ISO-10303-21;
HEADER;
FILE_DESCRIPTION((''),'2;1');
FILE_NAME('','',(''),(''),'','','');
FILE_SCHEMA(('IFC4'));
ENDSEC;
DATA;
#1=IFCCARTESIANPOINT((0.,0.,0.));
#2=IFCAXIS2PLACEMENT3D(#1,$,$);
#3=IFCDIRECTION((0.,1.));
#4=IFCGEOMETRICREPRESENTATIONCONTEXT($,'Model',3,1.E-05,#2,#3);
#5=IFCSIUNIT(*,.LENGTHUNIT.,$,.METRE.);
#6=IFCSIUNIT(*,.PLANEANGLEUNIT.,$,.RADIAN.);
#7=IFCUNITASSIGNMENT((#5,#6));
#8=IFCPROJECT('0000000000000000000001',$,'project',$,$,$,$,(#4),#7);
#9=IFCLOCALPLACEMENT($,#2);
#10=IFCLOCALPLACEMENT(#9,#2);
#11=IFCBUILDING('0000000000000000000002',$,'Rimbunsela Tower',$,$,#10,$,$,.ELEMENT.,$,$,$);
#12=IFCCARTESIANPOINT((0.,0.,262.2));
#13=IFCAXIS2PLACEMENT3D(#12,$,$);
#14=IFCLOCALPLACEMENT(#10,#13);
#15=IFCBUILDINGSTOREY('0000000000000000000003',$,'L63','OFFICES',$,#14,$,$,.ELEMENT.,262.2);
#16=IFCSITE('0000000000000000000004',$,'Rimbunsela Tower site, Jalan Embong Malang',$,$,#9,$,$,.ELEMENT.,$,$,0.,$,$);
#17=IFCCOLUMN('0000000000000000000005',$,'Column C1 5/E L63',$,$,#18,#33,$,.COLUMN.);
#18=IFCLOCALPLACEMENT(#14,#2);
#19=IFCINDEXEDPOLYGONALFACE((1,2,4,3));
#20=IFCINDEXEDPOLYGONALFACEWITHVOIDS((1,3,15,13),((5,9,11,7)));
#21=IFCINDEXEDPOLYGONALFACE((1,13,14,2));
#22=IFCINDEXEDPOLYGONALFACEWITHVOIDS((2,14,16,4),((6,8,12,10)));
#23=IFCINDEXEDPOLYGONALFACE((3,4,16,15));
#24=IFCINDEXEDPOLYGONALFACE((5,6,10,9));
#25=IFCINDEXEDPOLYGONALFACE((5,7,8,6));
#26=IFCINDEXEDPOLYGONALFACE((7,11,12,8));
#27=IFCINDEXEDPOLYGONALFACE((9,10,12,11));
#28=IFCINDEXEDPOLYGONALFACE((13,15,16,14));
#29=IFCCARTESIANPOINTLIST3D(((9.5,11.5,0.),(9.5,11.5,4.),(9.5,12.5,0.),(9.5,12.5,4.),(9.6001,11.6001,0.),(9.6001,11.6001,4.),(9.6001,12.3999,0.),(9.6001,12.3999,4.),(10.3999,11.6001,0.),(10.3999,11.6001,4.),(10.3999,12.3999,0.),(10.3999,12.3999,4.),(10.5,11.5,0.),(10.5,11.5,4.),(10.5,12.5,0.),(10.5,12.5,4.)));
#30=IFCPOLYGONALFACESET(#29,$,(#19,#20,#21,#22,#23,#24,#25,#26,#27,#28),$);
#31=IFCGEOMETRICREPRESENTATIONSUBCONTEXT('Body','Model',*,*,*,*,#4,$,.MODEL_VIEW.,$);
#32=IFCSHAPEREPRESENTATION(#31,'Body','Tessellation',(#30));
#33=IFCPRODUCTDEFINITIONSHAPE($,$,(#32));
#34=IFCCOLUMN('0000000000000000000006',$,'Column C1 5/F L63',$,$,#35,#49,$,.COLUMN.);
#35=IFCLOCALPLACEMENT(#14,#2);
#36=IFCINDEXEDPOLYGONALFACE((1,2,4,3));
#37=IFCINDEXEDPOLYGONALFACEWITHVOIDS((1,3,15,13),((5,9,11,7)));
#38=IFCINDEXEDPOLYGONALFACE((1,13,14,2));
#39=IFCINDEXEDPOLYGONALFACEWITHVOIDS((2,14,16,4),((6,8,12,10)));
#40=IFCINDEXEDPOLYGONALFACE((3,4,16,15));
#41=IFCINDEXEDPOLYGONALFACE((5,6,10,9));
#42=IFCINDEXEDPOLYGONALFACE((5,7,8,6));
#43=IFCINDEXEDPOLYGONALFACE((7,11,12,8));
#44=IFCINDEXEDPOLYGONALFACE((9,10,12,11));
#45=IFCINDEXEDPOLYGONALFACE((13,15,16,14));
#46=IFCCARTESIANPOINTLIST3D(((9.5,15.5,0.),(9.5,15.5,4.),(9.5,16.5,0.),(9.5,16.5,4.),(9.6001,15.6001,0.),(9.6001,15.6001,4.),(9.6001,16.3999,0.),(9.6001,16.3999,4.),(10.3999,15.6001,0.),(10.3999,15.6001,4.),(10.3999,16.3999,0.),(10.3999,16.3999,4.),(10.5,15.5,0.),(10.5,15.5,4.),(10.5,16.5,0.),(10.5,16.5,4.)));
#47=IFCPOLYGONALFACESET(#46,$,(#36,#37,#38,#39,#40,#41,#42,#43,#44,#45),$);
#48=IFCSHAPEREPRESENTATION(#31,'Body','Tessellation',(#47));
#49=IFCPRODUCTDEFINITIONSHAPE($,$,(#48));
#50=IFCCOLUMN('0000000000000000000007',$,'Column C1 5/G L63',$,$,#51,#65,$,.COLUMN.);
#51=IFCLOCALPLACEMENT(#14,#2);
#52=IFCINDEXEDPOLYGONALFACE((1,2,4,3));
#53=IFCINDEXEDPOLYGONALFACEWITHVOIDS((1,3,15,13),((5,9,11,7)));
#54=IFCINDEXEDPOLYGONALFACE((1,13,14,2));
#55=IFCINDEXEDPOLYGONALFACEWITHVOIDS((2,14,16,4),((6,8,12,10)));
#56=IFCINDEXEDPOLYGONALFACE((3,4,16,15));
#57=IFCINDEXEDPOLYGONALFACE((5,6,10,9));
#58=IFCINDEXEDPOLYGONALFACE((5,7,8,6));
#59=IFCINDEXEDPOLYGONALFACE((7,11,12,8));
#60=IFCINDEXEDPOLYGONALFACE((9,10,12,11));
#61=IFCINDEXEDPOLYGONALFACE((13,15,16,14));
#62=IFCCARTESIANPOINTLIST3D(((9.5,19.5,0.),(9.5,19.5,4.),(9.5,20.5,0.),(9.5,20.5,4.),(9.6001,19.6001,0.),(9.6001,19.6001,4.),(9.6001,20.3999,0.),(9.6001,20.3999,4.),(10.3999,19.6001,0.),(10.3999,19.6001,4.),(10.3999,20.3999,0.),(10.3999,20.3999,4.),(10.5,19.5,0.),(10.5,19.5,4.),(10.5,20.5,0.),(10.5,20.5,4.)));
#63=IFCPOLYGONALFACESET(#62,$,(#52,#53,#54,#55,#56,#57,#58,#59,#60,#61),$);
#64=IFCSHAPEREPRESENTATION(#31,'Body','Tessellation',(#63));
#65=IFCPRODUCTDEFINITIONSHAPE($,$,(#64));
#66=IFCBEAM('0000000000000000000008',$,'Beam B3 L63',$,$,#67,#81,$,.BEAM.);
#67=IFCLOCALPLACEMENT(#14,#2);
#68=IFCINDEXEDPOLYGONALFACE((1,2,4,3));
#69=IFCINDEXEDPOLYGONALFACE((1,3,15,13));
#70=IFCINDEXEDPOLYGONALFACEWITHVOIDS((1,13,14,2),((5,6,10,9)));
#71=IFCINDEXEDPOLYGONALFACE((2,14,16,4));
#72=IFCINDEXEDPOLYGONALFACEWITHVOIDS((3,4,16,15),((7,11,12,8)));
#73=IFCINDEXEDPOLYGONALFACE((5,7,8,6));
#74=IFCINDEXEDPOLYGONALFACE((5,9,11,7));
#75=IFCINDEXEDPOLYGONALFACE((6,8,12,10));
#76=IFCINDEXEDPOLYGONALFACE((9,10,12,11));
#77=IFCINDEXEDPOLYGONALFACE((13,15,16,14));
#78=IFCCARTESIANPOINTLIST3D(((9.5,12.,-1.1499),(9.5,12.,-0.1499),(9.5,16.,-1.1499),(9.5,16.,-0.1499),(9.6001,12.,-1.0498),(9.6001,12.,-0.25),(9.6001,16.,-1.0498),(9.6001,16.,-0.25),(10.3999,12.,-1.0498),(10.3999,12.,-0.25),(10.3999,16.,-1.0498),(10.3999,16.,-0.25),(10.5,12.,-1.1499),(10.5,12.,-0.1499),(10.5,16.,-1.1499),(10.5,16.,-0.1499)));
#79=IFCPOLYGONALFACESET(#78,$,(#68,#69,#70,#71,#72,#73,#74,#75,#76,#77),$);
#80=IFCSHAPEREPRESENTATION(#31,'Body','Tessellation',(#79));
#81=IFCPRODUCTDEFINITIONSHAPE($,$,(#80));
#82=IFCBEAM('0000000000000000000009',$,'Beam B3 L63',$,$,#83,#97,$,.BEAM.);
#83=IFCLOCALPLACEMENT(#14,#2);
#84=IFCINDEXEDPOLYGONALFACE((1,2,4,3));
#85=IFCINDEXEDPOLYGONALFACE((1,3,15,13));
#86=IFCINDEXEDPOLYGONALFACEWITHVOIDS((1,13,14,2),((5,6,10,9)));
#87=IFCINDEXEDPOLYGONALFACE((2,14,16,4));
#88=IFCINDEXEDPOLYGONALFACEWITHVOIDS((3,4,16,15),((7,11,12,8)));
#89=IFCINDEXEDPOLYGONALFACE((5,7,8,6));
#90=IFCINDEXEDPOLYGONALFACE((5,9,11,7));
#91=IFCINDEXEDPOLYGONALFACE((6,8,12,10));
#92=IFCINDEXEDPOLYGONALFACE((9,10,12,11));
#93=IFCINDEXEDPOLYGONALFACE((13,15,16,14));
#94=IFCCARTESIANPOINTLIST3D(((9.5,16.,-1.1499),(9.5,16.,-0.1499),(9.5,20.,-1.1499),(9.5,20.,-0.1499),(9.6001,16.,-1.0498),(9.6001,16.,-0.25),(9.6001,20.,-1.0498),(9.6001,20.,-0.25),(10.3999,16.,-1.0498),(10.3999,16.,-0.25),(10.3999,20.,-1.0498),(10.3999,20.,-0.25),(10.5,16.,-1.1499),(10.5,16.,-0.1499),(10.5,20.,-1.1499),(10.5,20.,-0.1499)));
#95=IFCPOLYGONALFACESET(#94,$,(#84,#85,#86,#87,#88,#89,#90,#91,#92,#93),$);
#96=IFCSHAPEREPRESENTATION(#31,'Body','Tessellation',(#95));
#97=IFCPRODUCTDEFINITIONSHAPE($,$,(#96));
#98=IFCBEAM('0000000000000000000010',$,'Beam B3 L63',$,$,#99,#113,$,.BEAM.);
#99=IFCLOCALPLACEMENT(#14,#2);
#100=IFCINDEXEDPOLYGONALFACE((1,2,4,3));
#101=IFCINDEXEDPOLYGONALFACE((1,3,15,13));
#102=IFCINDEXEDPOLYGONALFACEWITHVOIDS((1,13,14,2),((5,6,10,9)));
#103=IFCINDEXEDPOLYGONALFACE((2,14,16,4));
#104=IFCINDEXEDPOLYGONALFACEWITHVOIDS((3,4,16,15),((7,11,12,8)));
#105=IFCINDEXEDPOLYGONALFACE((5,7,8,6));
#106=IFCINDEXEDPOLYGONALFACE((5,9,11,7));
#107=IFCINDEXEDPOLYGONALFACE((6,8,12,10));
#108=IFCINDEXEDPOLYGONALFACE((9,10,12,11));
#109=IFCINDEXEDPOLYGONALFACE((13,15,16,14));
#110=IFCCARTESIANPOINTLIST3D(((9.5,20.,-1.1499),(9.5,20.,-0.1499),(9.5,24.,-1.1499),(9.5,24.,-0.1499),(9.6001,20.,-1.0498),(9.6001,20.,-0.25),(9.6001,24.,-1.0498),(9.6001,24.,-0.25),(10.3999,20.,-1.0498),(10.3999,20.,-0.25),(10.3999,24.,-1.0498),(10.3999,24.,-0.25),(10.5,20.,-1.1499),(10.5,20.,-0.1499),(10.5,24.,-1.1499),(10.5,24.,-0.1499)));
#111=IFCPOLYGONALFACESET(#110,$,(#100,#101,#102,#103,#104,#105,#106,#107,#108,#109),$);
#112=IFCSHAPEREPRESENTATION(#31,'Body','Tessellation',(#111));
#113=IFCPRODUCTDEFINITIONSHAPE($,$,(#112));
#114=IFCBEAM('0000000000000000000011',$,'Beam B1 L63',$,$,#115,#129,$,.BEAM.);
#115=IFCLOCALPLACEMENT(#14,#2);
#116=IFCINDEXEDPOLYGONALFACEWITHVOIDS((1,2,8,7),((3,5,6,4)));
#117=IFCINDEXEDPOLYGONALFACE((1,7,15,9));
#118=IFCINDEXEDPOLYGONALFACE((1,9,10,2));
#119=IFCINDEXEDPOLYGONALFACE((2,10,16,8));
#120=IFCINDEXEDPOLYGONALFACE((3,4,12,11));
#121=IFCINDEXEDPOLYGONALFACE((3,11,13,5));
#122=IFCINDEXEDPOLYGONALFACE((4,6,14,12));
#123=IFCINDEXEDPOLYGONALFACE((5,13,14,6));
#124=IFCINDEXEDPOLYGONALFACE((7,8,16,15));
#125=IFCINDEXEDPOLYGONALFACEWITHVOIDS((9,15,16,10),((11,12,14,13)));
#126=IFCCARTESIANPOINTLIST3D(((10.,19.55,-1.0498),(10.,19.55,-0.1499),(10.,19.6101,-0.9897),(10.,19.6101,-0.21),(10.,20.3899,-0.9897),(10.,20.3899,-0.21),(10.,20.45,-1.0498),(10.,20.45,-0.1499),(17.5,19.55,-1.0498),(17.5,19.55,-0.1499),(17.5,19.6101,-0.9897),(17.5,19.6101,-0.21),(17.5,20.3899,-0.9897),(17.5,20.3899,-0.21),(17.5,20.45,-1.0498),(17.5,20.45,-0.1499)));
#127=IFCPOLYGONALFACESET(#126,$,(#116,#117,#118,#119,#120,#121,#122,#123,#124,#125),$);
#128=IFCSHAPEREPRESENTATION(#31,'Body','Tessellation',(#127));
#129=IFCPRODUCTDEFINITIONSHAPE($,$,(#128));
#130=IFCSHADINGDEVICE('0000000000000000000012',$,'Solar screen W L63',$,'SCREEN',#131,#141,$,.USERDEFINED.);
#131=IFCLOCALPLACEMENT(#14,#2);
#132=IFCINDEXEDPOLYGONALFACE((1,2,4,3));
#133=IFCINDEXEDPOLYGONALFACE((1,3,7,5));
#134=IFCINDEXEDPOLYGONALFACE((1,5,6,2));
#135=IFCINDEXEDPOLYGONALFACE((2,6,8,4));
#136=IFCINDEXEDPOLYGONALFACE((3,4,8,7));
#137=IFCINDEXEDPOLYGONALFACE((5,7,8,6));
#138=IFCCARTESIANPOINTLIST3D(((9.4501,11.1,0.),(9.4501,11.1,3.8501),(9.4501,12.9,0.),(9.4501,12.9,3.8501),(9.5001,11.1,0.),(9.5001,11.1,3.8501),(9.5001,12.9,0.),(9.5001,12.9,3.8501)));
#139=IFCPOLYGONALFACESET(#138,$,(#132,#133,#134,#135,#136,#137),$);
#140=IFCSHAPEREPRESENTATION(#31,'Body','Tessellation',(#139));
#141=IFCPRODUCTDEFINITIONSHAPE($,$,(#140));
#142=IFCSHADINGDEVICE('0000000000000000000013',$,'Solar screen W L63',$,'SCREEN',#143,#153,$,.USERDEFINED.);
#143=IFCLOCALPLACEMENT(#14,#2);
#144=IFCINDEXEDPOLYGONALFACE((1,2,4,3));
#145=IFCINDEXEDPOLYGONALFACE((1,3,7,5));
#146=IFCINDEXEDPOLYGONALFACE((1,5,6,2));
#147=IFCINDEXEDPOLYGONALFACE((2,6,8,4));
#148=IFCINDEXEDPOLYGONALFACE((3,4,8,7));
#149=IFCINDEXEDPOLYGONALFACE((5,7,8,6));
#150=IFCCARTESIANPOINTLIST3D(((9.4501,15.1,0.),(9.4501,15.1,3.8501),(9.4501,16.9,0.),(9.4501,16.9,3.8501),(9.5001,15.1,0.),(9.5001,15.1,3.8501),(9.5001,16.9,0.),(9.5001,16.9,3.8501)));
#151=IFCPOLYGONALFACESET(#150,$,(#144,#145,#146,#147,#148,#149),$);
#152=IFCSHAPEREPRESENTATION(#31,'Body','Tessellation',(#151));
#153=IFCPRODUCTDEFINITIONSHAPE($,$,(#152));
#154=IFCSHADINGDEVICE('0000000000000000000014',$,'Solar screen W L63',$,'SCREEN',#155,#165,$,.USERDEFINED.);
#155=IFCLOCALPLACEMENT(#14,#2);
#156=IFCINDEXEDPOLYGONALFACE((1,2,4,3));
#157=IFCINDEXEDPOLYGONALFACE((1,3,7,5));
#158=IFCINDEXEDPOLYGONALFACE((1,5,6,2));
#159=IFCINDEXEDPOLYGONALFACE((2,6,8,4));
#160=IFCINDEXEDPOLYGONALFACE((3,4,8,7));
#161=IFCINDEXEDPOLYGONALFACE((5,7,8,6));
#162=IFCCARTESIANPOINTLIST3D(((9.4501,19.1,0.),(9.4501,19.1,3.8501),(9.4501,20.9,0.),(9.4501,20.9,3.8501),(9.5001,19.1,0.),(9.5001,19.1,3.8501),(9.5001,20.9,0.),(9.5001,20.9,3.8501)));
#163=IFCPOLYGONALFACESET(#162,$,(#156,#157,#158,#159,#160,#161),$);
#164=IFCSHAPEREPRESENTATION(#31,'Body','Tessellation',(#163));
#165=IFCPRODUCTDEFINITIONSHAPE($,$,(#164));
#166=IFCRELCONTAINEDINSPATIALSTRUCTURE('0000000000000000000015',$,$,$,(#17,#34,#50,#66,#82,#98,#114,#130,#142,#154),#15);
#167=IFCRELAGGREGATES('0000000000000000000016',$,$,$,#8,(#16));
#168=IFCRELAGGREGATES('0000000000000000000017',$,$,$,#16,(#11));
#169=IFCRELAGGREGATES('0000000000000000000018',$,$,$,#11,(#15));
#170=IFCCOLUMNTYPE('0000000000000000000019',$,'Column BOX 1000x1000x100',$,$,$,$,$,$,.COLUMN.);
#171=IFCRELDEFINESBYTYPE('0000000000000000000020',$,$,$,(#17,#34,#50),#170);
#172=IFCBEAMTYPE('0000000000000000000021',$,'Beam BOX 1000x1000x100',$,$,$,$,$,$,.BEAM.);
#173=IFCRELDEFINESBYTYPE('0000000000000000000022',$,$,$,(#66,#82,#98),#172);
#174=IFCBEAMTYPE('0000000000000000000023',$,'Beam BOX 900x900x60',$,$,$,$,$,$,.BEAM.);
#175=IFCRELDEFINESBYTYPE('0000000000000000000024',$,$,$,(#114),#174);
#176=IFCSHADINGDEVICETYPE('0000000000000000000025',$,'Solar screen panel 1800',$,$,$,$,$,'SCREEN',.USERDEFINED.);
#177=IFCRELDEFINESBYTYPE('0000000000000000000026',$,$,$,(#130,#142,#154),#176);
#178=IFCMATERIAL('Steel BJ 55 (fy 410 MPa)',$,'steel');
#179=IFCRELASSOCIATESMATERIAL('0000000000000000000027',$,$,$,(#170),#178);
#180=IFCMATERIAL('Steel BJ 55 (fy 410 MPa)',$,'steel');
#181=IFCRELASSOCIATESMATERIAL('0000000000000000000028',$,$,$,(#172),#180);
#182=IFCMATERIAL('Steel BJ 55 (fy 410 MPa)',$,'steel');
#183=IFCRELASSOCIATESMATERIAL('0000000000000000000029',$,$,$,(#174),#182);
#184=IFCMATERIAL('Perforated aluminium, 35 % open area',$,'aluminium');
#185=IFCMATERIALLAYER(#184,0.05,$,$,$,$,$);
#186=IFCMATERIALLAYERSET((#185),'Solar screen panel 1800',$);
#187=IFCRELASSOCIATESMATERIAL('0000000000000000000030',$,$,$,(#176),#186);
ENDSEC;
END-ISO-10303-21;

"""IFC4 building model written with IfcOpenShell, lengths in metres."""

from ifc_helpers import new_model, si_unit, direction, frame, origin, origin_2d, place, context, subcontext, project, spatial, rectangle, hollow_rectangle, extrude, material, layer, layer_set, material_profile, profile_set, type_object, element, save


model = new_model("IFC4")

# Units and contexts
model_context = context("Model", 3, precision=1e-05, world=origin(), true_north=direction((0.0, 1.0)))
body_context = subcontext(model_context, "Body", "Model", "MODEL_VIEW")
ifc_project = project(units=[si_unit("LENGTHUNIT", "METRE"), si_unit("PLANEANGLEUNIT", "RADIAN")], contexts=[model_context])

# Site, building, storey
site_placement = place(None, origin())
site = spatial("IfcSite", under=ifc_project, at=site_placement, Name="Rimbunsela Tower site, Jalan Embong Malang", CompositionType="ELEMENT", RefElevation=0.0)
building_placement = place(site_placement, origin())
building = spatial("IfcBuilding", under=site, at=building_placement, Name="Rimbunsela Tower", CompositionType="ELEMENT")
storey_placement = place(building_placement, frame((0.0, 0.0, 262.2)))
storey = spatial("IfcBuildingStorey", under=building, at=storey_placement, Name="L63", Description="OFFICES", CompositionType="ELEMENT", Elevation=262.2)

# Columns
ifc_material_1 = material(Name="Steel BJ 55 (fy 410 MPa)", Category="steel")
ifc_material_profile_1 = material_profile(ifc_material_1, hollow_rectangle(XDim=1.0, YDim=1.0, WallThickness=0.1001, at=origin_2d()), Name="BOX 1000x1000x100")
ifc_profile_set_1 = profile_set([ifc_material_profile_1], Name="Steel BJ 55 (fy 410 MPa)")
column_type = type_object("IfcColumnType", Name="Column BOX 1000x1000x100", PredefinedType="COLUMN", material=ifc_profile_set_1)
for number, where, z_axis, x_axis, name in (
    (1, (10.0, 12.0, 0.0), (0.0, 0.0, 1.0), (1.0, 0.0, 0.0), "Column C1 5/E L63"),
    (2, (10.0, 16.0, 0.0), (0.0, 0.0, 1.0), (1.0, 0.0, 0.0), "Column C1 5/F L63"),
    (3, (10.0, 20.0, 0.0), (0.0, 0.0, 1.0), (1.0, 0.0, 0.0), "Column C1 5/G L63"),
):
    element("IfcColumn", number, at=place(storey_placement, frame(where, z_axis=z_axis, x_axis=x_axis)), inside=storey, type_object=column_type, Name=name, PredefinedType="COLUMN", context=body_context, shape_type="SweptSolid", body=[
        extrude(hollow_rectangle(XDim=1.0, YDim=1.0, WallThickness=0.1001, at=origin_2d()), origin(), (0.0, 0.0, 1.0), 4.0),
    ])

# Beams
ifc_material_2 = material(Name="Steel BJ 55 (fy 410 MPa)", Category="steel")
ifc_material_profile_2 = material_profile(ifc_material_2, hollow_rectangle(XDim=1.0, YDim=1.0, WallThickness=0.1001, at=origin_2d()), Name="BOX 1000x1000x100")
ifc_profile_set_2 = profile_set([ifc_material_profile_2], Name="Steel BJ 55 (fy 410 MPa)")
beam_type_1 = type_object("IfcBeamType", Name="Beam BOX 1000x1000x100", PredefinedType="BEAM", material=ifc_profile_set_2)
for number, where, z_axis, x_axis, name in (
    (4, (10.0, 12.0, -0.6499), (0.0, 1.0, 0.0), (-1.0, 0.0, 0.0), "Beam B3 L63"),
    (5, (10.0, 16.0, -0.6499), (0.0, 1.0, 0.0), (-1.0, 0.0, 0.0), "Beam B3 L63"),
    (6, (10.0, 20.0, -0.6499), (0.0, 1.0, 0.0), (-1.0, 0.0, 0.0), "Beam B3 L63"),
):
    element("IfcBeam", number, at=place(storey_placement, frame(where, z_axis=z_axis, x_axis=x_axis)), inside=storey, type_object=beam_type_1, Name=name, PredefinedType="BEAM", context=body_context, shape_type="SweptSolid", body=[
        extrude(hollow_rectangle(XDim=1.0, YDim=1.0, WallThickness=0.1001, at=origin_2d()), origin(), (0.0, 0.0, 1.0), 4.0),
    ])
ifc_material_3 = material(Name="Steel BJ 55 (fy 410 MPa)", Category="steel")
ifc_material_profile_3 = material_profile(ifc_material_3, hollow_rectangle(XDim=0.8999, YDim=0.8999, WallThickness=0.0601, at=origin_2d()), Name="BOX 900x900x60")
ifc_profile_set_3 = profile_set([ifc_material_profile_3], Name="Steel BJ 55 (fy 410 MPa)")
beam_type_2 = type_object("IfcBeamType", Name="Beam BOX 900x900x60", PredefinedType="BEAM", material=ifc_profile_set_3)
beam_placement = place(storey_placement, frame((10.0, 20.0, -0.5999), z_axis=(1.0, 0.0, 0.0), x_axis=(0.0, 1.0, 0.0)))
element("IfcBeam", 7, at=beam_placement, inside=storey, type_object=beam_type_2, Name="Beam B1 L63", PredefinedType="BEAM", context=body_context, shape_type="SweptSolid", body=[
    extrude(hollow_rectangle(XDim=0.8999, YDim=0.8999, WallThickness=0.0601, at=origin_2d()), origin(), (0.0, 0.0, 1.0), 7.5),
])

# Shading devices
ifc_material_4 = material(Name="Perforated aluminium, 35 % open area", Category="aluminium")
ifc_layer = layer(ifc_material_4, 0.05)
ifc_layer_set = layer_set([ifc_layer], Name="Solar screen panel 1800")
shading_device_type = type_object("IfcShadingDeviceType", Name="Solar screen panel 1800", ElementType="SCREEN", PredefinedType="USERDEFINED", material=ifc_layer_set)
for number, where, z_axis, x_axis, name in (
    (8, (9.4751, 12.0, 0.0), (0.0, 0.0, 1.0), (0.0, 1.0, 0.0), "Solar screen W L63"),
    (9, (9.4751, 16.0, 0.0), (0.0, 0.0, 1.0), (0.0, 1.0, 0.0), "Solar screen W L63"),
    (10, (9.4751, 20.0, 0.0), (0.0, 0.0, 1.0), (0.0, 1.0, 0.0), "Solar screen W L63"),
):
    element("IfcShadingDevice", number, at=place(storey_placement, frame(where, z_axis=z_axis, x_axis=x_axis)), inside=storey, type_object=shading_device_type, Name=name, ObjectType="SCREEN", PredefinedType="USERDEFINED", context=body_context, shape_type="SweptSolid", body=[
        extrude(rectangle(XDim=1.8, YDim=0.05, at=origin_2d()), origin(), (0.0, 0.0, 1.0), 3.8501),
    ])

save(model, "model.ifc")
